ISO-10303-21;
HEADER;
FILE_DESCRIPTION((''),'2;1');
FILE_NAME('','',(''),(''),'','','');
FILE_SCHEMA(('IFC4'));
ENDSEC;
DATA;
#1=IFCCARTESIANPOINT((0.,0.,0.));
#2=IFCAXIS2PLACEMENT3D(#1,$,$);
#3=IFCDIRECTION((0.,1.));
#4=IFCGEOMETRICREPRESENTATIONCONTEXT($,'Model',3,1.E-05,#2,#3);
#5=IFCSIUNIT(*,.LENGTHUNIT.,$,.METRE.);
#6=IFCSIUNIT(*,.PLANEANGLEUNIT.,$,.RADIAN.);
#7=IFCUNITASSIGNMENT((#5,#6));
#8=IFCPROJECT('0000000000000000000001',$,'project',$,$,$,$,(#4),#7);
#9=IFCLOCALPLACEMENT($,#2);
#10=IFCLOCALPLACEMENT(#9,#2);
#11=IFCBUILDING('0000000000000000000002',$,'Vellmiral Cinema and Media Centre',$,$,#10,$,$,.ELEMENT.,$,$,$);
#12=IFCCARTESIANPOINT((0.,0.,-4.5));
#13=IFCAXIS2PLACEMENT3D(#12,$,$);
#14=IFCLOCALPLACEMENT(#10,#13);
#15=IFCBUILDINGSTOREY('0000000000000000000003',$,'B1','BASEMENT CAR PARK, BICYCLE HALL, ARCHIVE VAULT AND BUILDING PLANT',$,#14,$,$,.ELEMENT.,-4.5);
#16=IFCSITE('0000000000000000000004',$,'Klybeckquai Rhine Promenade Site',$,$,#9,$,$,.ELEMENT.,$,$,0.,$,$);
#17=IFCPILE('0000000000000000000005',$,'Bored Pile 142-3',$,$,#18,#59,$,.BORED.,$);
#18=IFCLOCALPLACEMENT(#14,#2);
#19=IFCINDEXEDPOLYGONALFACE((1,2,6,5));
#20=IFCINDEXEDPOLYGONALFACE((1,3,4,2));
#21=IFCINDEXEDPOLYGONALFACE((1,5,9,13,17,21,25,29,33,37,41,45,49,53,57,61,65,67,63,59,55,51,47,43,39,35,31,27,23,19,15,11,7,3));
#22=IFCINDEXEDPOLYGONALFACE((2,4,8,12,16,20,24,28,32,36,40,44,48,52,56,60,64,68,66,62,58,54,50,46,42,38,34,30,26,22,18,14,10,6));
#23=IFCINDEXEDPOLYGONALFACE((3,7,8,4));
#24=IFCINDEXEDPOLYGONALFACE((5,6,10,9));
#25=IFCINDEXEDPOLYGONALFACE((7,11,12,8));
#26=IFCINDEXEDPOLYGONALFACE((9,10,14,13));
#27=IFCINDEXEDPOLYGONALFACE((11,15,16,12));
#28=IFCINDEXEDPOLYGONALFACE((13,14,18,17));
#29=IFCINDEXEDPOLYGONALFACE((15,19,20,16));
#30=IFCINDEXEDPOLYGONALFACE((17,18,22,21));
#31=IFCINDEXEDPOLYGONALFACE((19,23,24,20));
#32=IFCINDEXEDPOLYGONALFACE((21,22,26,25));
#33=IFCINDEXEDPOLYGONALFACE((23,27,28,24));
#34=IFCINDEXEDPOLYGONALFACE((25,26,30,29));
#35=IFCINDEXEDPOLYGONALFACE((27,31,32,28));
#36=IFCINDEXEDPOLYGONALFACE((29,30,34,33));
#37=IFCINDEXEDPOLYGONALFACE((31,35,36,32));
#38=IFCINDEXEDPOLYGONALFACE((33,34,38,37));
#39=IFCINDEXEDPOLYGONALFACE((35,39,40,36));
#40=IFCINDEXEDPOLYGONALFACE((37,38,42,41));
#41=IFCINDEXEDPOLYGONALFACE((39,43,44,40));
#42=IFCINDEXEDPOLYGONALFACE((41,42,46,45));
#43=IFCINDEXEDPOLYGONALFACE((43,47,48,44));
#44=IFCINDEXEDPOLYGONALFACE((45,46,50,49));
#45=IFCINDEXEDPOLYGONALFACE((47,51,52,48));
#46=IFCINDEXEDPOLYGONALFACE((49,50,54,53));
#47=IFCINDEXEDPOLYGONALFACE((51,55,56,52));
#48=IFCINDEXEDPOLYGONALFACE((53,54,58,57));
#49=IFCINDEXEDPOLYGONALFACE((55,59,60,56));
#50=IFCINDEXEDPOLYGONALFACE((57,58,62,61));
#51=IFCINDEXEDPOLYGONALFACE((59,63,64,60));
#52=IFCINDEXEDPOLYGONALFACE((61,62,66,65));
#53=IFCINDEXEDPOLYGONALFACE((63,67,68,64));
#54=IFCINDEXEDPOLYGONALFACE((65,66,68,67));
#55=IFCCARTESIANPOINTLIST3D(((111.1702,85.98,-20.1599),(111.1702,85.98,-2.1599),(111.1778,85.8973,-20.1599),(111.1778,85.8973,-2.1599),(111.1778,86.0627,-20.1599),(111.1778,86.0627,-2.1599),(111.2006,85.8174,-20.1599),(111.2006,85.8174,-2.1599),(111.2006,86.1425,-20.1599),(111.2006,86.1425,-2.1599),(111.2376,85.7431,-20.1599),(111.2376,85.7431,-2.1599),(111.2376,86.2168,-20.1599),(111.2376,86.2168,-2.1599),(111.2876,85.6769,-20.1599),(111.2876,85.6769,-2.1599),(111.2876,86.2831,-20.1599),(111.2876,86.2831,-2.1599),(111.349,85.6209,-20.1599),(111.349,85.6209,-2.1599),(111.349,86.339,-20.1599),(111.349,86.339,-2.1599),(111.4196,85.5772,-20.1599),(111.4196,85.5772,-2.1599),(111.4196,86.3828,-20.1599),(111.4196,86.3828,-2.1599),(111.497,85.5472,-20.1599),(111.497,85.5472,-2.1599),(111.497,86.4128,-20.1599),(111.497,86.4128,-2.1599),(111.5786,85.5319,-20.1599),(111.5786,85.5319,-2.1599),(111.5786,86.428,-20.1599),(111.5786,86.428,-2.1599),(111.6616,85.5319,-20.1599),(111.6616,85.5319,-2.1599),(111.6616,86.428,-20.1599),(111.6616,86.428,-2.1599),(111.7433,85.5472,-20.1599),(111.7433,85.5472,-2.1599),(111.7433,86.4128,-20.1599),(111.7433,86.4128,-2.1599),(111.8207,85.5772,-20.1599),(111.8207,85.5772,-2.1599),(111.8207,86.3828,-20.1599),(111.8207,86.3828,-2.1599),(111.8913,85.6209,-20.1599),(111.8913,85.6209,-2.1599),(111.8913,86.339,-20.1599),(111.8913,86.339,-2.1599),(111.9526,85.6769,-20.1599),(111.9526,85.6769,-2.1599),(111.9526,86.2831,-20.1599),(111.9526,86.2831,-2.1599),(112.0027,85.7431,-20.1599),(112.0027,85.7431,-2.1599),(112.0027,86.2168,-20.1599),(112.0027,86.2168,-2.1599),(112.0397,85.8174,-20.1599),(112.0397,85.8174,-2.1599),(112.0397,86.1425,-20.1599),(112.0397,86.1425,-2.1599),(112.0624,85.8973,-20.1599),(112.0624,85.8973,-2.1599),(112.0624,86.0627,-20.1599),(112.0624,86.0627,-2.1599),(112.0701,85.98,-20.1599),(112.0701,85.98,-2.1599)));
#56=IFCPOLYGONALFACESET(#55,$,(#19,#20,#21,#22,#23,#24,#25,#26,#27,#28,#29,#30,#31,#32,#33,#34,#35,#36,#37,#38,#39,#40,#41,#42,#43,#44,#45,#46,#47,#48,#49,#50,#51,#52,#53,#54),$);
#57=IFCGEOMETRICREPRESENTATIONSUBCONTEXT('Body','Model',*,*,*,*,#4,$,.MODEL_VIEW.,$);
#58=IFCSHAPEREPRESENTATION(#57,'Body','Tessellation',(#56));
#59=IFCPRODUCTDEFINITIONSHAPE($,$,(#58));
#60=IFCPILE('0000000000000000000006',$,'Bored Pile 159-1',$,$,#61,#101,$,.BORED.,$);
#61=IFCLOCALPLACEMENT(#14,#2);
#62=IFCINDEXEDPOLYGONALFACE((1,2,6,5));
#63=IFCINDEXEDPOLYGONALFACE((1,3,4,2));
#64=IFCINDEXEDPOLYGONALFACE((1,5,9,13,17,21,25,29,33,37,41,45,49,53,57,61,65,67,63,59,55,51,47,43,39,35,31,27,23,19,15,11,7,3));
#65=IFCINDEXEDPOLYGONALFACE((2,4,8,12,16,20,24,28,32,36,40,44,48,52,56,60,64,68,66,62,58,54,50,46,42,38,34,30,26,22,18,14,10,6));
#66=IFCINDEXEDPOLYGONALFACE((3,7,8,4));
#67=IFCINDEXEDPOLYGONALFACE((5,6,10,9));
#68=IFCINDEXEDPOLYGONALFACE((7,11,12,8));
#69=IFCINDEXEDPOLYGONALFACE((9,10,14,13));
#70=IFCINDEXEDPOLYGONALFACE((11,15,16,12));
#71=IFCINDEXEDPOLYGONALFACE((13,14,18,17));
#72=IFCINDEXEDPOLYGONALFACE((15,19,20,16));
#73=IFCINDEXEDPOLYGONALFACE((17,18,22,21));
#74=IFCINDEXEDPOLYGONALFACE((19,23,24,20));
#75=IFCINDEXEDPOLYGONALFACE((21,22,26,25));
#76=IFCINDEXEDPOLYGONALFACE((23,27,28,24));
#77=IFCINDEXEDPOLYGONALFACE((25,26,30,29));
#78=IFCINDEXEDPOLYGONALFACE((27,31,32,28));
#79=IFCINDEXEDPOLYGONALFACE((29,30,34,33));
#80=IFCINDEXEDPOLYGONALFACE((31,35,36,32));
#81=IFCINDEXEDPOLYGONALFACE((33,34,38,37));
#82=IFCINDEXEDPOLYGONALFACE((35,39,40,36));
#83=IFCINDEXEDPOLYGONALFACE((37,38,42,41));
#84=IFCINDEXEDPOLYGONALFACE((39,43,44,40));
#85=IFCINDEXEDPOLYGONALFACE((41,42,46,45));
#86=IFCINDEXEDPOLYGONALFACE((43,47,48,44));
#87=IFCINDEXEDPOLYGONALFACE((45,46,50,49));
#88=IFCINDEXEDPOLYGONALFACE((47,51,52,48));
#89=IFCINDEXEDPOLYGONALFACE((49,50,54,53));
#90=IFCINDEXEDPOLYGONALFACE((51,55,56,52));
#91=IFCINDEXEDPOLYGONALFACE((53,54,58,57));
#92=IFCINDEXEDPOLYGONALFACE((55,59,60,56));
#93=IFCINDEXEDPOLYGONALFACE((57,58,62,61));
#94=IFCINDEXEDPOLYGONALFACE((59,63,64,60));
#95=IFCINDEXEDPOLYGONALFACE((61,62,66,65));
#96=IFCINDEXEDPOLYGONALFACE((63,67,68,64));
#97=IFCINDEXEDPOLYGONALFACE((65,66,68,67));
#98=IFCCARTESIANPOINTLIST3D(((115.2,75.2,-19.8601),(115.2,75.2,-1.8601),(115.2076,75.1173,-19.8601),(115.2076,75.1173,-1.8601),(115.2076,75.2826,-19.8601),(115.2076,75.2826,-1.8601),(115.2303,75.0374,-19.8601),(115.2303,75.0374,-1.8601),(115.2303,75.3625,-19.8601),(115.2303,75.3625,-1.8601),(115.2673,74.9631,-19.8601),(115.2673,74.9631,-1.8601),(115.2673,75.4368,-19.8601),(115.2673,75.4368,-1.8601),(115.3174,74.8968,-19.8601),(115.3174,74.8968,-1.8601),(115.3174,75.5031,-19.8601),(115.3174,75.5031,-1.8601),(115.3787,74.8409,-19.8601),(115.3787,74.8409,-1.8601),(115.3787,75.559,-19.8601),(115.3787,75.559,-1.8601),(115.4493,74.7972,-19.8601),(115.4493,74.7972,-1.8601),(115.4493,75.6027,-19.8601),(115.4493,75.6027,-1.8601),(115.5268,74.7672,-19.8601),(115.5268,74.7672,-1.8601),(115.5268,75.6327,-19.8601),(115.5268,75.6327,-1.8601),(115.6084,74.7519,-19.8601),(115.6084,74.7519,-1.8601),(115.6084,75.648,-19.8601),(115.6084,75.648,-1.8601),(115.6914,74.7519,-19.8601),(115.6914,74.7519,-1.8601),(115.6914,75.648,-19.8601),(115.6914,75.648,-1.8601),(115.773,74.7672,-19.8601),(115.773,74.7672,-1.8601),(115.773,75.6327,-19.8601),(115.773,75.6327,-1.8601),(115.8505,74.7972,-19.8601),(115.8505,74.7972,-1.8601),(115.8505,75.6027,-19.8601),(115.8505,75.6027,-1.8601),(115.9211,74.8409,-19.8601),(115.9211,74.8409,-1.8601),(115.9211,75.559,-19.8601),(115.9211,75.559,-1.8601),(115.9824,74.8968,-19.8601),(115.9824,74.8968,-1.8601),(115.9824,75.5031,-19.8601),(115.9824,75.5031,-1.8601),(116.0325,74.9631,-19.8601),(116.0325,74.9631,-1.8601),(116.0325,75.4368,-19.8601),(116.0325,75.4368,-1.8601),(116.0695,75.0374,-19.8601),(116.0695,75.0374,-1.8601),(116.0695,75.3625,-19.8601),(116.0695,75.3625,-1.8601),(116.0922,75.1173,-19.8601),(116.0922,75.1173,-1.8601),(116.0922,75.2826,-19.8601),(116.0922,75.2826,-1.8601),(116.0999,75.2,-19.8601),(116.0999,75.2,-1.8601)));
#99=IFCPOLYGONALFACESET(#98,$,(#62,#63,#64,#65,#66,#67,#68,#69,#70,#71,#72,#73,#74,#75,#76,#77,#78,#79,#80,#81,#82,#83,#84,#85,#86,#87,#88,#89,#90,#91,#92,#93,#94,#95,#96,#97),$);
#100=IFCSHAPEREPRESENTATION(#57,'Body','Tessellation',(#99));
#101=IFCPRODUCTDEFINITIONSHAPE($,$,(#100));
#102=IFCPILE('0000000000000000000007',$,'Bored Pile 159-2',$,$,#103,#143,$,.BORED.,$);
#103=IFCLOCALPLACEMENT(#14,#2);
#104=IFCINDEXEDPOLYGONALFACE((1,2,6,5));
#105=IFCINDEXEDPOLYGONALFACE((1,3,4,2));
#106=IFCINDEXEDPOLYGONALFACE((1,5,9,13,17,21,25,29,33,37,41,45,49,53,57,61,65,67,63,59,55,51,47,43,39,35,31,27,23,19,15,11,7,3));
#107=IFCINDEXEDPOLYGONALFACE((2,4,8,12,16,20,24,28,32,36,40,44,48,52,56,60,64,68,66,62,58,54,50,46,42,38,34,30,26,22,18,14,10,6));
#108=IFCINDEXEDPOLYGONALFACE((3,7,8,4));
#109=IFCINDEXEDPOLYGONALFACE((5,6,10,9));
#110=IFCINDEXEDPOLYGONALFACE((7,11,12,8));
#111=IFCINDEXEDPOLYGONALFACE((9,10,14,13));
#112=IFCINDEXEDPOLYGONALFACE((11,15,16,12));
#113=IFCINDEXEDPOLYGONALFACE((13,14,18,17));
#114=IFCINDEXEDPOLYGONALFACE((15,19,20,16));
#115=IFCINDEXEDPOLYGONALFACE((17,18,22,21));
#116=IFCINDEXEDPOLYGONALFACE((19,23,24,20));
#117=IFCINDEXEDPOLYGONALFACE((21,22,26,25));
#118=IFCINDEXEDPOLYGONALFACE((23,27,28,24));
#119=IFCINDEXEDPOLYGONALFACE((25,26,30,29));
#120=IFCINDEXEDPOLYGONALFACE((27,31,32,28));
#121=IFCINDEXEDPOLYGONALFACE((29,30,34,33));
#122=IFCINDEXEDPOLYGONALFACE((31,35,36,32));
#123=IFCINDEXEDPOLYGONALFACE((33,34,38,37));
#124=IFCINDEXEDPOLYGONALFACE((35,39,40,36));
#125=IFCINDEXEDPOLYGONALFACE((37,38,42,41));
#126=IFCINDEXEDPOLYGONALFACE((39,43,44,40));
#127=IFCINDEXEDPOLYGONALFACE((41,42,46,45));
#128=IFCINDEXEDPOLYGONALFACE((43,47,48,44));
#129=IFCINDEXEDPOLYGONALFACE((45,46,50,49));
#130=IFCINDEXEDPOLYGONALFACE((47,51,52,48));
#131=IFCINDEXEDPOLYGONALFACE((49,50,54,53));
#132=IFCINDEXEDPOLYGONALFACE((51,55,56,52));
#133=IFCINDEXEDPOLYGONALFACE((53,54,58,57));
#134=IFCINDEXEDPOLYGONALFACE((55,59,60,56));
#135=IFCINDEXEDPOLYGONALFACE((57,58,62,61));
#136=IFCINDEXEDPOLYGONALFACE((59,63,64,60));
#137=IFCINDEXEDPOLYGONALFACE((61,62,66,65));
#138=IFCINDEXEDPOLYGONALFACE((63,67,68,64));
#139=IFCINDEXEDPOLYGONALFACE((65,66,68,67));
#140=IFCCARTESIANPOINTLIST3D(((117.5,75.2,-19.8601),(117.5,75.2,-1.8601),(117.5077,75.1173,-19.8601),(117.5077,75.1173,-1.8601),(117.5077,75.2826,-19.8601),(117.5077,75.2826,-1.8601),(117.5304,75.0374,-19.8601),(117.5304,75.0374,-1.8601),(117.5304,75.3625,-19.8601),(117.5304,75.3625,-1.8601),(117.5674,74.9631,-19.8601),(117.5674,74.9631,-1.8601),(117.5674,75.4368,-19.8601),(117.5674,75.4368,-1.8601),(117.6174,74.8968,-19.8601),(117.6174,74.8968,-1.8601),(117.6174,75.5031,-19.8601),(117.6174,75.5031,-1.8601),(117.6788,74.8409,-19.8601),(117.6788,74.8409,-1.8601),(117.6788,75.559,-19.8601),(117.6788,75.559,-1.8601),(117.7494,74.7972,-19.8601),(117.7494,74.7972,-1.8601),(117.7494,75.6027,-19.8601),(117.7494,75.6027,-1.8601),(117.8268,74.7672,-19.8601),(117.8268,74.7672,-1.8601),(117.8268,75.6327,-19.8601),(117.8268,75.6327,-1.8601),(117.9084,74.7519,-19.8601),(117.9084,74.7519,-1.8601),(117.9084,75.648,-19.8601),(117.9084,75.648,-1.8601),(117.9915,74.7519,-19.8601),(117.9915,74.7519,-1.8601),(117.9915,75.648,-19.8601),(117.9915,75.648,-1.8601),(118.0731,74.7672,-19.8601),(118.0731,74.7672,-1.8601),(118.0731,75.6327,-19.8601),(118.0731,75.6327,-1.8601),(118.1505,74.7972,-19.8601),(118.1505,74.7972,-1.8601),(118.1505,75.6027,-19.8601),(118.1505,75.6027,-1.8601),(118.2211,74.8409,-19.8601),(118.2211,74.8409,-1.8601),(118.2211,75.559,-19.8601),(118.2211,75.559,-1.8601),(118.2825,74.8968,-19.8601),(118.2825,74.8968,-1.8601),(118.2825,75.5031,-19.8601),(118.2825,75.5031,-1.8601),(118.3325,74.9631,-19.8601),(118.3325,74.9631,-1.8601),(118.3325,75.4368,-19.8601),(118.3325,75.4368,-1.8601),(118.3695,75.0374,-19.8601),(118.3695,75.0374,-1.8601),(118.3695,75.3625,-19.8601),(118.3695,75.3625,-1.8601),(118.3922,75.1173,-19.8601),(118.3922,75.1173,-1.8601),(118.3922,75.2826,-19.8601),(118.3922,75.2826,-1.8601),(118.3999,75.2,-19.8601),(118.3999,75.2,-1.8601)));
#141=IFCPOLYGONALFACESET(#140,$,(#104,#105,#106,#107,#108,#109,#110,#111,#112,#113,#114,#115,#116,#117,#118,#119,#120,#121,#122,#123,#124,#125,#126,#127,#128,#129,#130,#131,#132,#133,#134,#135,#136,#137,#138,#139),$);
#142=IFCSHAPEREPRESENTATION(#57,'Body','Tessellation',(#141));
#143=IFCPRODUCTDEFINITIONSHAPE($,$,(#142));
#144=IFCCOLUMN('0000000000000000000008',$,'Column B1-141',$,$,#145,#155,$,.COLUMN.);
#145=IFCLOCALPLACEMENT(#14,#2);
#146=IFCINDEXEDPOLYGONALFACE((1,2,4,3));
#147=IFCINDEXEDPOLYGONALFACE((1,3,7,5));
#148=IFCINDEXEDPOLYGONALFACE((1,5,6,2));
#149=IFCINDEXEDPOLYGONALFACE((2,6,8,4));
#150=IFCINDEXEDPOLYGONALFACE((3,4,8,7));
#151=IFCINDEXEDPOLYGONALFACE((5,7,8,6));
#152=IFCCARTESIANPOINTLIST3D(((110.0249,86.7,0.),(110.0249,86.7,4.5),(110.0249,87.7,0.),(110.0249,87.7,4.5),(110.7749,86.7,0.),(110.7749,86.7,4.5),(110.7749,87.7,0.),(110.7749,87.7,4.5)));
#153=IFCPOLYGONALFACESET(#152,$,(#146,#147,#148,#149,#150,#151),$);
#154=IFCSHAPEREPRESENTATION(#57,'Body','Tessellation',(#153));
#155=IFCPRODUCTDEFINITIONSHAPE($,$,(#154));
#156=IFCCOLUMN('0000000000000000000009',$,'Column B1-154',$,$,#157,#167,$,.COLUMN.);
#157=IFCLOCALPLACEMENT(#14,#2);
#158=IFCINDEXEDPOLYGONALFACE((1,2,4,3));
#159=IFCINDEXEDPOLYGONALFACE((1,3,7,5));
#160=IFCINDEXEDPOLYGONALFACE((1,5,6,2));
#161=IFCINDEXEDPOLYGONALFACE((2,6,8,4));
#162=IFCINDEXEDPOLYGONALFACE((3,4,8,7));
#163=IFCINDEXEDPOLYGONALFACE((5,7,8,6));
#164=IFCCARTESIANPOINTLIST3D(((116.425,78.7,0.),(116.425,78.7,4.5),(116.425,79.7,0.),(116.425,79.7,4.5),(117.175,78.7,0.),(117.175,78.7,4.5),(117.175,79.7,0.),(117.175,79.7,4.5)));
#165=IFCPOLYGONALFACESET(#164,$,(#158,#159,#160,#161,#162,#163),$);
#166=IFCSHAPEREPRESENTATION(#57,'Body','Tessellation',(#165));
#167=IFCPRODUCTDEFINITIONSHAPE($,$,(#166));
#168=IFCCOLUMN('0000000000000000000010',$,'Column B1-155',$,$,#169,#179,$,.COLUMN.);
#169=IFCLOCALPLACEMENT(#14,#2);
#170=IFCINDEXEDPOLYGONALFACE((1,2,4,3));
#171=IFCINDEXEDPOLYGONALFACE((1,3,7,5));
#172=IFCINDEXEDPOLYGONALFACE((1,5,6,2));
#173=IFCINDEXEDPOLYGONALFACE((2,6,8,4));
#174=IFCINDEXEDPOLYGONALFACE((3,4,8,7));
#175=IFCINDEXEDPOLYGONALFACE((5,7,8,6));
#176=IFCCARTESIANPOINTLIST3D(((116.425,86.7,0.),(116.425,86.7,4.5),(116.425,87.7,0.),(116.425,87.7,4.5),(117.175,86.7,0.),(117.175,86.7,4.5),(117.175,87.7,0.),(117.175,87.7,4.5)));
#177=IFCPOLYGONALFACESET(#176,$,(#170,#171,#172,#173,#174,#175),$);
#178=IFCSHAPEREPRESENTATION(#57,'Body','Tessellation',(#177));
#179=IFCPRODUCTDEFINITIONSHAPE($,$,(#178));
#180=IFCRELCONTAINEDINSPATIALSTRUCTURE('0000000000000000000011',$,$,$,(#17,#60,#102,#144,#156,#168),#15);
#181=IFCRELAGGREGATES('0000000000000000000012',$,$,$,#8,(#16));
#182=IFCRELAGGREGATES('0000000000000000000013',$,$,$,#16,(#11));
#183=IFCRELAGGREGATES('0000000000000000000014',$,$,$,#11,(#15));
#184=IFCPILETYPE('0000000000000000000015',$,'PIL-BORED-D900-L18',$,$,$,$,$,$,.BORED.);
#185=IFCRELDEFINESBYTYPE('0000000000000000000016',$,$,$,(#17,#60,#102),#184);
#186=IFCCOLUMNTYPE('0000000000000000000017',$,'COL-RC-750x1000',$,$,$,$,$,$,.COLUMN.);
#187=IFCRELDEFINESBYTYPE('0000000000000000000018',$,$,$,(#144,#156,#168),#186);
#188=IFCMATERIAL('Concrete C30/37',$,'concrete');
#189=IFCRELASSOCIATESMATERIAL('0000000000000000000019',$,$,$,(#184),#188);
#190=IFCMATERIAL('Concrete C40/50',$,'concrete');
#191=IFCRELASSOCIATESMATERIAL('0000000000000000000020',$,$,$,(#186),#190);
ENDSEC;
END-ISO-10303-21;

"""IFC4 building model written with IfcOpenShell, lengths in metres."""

from ifc_helpers import new_model, si_unit, direction, frame, origin, origin_2d, place, context, subcontext, project, spatial, rectangle, circle, extrude, material, material_profile, profile_set, type_object, element, save


model = new_model("IFC4")

# Units and contexts
model_context = context("Model", 3, precision=1e-05, world=origin(), true_north=direction((0.0, 1.0)))
body_context = subcontext(model_context, "Body", "Model", "MODEL_VIEW")
ifc_project = project(units=[si_unit("LENGTHUNIT", "METRE"), si_unit("PLANEANGLEUNIT", "RADIAN")], contexts=[model_context])

# Site, building, storey
site_placement = place(None, origin())
site = spatial("IfcSite", under=ifc_project, at=site_placement, Name="Klybeckquai Rhine Promenade Site", CompositionType="ELEMENT", RefElevation=0.0)
building_placement = place(site_placement, origin())
building = spatial("IfcBuilding", under=site, at=building_placement, Name="Vellmiral Cinema and Media Centre", CompositionType="ELEMENT")
storey_placement = place(building_placement, frame((0.0, 0.0, -4.5)))
storey = spatial("IfcBuildingStorey", under=building, at=storey_placement, Name="B1", Description="BASEMENT CAR PARK, BICYCLE HALL, ARCHIVE VAULT AND BUILDING PLANT", CompositionType="ELEMENT", Elevation=-4.5)

# Piles
ifc_material_1 = material(Name="Concrete C30/37", Category="concrete")
ifc_material_profile_1 = material_profile(ifc_material_1, circle(Radius=0.45, at=origin_2d()), Name="PILE D900")
ifc_profile_set_1 = profile_set([ifc_material_profile_1], Name="Concrete C30/37")
pile_type_1 = type_object("IfcPileType", Name="PIL-BORED-D900-L18", PredefinedType="BORED", material=ifc_profile_set_1)
for number, where, z_axis, x_axis, name in (
    (1, (111.6201, 85.98, -2.1599), (0.0, 0.0, -1.0), (1.0, 0.0, 0.0), "Bored Pile 142-3"),
    (2, (115.6499, 75.2, -1.8601), (0.0, 0.0, -1.0), (1.0, 0.0, 0.0), "Bored Pile 159-1"),
    (3, (117.95, 75.2, -1.8601), (0.0, 0.0, -1.0), (1.0, 0.0, 0.0), "Bored Pile 159-2"),
):
    element("IfcPile", number, at=place(storey_placement, frame(where, z_axis=z_axis, x_axis=x_axis)), inside=storey, type_object=pile_type_1, Name=name, PredefinedType="BORED", context=body_context, shape_type="SweptSolid", body=[
        extrude(circle(Radius=0.45, at=origin_2d()), origin(), (0.0, 0.0, 1.0), 18.0),
    ])

# Columns
ifc_material_2 = material(Name="Concrete C40/50", Category="concrete")
ifc_material_profile_2 = material_profile(ifc_material_2, rectangle(XDim=0.75, YDim=1.0, at=origin_2d()), Name="RC 750x1000")
ifc_profile_set_2 = profile_set([ifc_material_profile_2], Name="Concrete C40/50")
column_type_1 = type_object("IfcColumnType", Name="COL-RC-750x1000", PredefinedType="COLUMN", material=ifc_profile_set_2)
for number, where, z_axis, x_axis, name in (
    (4, (110.3999, 87.2, 0.0), (0.0, 0.0, 1.0), (1.0, 0.0, 0.0), "Column B1-141"),
    (5, (116.8, 79.2, 0.0), (0.0, 0.0, 1.0), (1.0, 0.0, 0.0), "Column B1-154"),
    (6, (116.8, 87.2, 0.0), (0.0, 0.0, 1.0), (1.0, 0.0, 0.0), "Column B1-155"),
):
    element("IfcColumn", number, at=place(storey_placement, frame(where, z_axis=z_axis, x_axis=x_axis)), inside=storey, type_object=column_type_1, Name=name, PredefinedType="COLUMN", context=body_context, shape_type="SweptSolid", body=[
        extrude(rectangle(XDim=0.75, YDim=1.0, at=origin_2d()), origin(), (0.0, 0.0, 1.0), 4.5),
    ])

save(model, "model.ifc")
